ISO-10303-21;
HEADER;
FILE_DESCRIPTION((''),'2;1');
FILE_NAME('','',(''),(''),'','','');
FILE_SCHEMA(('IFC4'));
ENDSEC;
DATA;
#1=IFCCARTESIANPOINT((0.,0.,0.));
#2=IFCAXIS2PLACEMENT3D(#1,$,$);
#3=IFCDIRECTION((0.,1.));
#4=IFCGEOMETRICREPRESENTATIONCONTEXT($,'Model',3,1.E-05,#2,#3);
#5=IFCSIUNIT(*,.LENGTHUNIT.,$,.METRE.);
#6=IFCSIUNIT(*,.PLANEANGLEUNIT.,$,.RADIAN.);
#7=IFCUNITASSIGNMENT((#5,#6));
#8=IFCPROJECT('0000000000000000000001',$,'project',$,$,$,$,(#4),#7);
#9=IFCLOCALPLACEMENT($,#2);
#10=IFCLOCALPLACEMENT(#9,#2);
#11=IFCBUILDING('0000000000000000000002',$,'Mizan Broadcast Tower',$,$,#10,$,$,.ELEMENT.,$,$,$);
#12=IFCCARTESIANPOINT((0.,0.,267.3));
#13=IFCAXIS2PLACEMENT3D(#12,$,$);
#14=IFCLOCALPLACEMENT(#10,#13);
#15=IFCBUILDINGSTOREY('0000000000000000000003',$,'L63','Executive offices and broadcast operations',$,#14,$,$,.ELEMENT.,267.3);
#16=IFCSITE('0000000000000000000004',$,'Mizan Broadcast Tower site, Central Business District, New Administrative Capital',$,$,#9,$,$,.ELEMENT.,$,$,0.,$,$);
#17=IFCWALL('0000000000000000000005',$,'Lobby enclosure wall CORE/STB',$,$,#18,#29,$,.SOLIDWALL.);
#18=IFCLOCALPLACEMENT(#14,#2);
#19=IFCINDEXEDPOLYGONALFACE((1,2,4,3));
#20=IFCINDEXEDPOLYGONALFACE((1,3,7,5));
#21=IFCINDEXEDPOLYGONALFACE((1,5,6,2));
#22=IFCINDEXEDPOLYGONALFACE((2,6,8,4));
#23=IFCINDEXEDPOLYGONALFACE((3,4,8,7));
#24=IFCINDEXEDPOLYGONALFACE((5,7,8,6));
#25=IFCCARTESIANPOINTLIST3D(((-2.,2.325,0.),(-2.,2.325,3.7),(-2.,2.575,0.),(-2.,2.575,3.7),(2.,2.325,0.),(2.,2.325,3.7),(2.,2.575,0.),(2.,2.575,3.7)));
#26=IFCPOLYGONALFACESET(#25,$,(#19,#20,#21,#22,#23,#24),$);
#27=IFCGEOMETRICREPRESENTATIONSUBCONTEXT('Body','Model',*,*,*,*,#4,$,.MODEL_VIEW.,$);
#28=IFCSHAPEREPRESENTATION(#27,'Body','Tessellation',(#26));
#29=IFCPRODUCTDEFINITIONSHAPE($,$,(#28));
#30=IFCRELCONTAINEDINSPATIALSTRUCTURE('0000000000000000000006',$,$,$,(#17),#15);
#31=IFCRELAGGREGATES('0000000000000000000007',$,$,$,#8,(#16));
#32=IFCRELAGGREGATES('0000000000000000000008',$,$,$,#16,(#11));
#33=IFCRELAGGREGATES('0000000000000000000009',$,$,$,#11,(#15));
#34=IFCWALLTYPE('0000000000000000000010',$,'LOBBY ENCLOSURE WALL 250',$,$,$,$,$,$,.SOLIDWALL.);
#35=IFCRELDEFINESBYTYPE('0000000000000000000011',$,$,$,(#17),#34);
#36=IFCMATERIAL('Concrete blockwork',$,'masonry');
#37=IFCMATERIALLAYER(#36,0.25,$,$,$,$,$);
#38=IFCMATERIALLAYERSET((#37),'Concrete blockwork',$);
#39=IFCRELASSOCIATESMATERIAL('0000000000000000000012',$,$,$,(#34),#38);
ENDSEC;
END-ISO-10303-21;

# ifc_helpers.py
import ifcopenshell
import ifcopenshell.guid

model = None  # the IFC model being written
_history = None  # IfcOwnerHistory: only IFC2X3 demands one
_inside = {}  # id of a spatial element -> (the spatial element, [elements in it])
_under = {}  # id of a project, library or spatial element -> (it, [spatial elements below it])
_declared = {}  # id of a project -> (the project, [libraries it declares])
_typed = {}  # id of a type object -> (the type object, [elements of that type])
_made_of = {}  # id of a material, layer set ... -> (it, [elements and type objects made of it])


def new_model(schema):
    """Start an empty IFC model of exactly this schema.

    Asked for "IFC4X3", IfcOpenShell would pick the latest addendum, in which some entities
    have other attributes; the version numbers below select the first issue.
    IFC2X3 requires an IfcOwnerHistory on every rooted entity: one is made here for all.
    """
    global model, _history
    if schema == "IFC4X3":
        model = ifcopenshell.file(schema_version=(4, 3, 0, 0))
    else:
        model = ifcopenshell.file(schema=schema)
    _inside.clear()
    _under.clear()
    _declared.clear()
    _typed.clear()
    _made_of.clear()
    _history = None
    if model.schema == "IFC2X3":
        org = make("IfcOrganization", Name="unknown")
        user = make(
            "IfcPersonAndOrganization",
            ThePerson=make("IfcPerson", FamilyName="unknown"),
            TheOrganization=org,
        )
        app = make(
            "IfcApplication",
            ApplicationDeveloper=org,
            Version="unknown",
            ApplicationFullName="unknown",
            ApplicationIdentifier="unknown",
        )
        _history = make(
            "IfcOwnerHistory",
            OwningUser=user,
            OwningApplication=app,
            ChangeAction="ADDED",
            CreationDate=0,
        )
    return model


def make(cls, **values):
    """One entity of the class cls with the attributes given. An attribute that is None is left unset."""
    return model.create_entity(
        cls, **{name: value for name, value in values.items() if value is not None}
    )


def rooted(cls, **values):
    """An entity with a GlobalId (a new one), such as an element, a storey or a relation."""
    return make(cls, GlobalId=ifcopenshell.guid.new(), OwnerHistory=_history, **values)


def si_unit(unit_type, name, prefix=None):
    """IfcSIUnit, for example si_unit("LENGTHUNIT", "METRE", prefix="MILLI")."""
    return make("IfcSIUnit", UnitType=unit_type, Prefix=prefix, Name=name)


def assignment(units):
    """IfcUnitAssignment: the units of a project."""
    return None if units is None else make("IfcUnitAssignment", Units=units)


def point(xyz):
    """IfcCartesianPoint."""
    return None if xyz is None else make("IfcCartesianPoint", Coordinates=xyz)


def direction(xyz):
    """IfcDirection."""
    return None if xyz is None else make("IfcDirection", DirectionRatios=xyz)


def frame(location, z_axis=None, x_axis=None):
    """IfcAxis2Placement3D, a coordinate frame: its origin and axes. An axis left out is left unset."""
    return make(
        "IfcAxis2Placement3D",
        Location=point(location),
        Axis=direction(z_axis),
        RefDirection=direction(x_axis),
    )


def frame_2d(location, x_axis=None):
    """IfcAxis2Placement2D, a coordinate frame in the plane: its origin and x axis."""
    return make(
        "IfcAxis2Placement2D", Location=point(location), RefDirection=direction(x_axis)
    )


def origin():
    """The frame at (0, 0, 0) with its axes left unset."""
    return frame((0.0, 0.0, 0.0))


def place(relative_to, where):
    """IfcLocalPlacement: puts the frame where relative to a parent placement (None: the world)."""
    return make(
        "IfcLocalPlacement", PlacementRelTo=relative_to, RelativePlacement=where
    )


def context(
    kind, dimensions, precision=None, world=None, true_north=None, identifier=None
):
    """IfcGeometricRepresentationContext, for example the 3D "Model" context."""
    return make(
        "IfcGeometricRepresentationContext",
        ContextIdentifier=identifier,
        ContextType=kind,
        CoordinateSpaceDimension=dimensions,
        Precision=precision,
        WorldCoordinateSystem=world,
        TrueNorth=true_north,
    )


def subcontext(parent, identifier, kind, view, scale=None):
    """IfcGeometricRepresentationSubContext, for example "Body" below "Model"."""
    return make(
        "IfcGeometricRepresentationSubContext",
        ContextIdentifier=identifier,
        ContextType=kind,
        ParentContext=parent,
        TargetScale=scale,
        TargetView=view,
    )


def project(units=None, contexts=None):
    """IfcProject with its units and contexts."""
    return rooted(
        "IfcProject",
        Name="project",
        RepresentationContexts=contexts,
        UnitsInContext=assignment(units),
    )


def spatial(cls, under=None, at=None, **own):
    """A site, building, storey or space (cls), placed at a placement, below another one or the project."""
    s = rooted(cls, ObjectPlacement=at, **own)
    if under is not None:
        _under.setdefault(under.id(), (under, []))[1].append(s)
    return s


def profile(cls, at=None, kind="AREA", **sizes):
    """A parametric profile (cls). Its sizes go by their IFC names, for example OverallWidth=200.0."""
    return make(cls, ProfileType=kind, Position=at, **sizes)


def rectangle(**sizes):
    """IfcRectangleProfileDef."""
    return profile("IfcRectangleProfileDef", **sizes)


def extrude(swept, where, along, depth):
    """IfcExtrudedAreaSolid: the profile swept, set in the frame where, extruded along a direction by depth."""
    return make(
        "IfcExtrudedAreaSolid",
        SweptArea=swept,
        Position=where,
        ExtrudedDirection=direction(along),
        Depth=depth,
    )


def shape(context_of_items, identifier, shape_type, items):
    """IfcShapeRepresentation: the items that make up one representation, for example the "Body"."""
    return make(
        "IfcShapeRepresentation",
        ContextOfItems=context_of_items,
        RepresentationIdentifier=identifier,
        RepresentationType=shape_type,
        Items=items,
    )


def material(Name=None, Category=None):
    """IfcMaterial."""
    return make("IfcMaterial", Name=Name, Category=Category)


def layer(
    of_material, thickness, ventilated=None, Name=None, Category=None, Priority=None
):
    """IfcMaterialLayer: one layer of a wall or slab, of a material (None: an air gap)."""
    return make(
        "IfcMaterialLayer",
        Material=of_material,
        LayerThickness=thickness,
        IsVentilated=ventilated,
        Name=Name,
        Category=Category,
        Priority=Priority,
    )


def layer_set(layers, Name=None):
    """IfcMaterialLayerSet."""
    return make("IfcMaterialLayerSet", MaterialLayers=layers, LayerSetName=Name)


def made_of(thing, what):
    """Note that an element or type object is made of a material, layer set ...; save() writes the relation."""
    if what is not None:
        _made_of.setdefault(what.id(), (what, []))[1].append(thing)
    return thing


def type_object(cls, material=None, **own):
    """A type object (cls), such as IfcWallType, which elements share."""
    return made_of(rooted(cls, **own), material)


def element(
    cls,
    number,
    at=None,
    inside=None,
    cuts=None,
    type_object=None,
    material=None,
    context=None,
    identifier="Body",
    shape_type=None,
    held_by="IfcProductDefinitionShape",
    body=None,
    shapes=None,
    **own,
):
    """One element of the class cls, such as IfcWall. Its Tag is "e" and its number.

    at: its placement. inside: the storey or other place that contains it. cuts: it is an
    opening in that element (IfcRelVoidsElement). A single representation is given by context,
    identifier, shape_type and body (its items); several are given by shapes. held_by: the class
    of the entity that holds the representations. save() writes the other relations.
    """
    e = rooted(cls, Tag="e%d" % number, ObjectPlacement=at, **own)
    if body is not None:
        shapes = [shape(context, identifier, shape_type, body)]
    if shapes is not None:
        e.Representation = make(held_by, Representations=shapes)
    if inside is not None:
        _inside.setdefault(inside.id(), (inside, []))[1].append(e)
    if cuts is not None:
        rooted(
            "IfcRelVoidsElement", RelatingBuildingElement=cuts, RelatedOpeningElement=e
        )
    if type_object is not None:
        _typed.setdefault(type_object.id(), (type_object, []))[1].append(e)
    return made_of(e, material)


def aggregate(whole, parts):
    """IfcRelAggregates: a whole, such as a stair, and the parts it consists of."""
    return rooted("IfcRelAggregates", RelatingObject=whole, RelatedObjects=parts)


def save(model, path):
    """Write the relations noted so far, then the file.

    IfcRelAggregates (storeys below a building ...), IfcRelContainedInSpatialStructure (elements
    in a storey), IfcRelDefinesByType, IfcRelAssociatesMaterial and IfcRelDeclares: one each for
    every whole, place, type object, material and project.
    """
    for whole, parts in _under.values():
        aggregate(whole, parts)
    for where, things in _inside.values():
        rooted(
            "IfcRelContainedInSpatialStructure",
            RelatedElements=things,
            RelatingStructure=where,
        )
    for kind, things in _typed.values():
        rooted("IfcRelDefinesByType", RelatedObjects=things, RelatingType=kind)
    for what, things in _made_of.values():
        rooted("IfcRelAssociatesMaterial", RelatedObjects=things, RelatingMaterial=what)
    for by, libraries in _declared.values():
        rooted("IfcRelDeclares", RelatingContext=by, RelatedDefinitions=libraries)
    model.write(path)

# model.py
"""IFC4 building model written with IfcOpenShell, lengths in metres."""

from ifc_helpers import new_model, si_unit, direction, frame, frame_2d, origin, place, context, subcontext, project, spatial, rectangle, extrude, material, layer, layer_set, type_object, element, save


model = new_model("IFC4")

# Units and contexts
model_context = context("Model", 3, precision=1e-05, world=origin(), true_north=direction((0.0, 1.0)))
body_context = subcontext(model_context, "Body", "Model", "MODEL_VIEW")
ifc_project = project(units=[si_unit("LENGTHUNIT", "METRE"), si_unit("PLANEANGLEUNIT", "RADIAN")], contexts=[model_context])

# Site, building, storey
site_placement = place(None, origin())
site = spatial("IfcSite", under=ifc_project, at=site_placement, Name="Mizan Broadcast Tower site, Central Business District, New Administrative Capital", CompositionType="ELEMENT", RefElevation=0.0)
building_placement = place(site_placement, origin())
building = spatial("IfcBuilding", under=site, at=building_placement, Name="Mizan Broadcast Tower", CompositionType="ELEMENT")
storey_placement = place(building_placement, frame((0.0, 0.0, 267.3)))
storey = spatial("IfcBuildingStorey", under=building, at=storey_placement, Name="L63", Description="Executive offices and broadcast operations", CompositionType="ELEMENT", Elevation=267.3)

# Shared definitions
ifc_material_1 = material(Name="Concrete blockwork", Category="masonry")
ifc_layer_1 = layer(ifc_material_1, 0.25)
ifc_layer_set_1 = layer_set([ifc_layer_1], Name="Concrete blockwork")
wall_type_1 = type_object("IfcWallType", Name="LOBBY ENCLOSURE WALL 250", PredefinedType="SOLIDWALL", material=ifc_layer_set_1)

# Wall
for number, where, z_axis, x_axis, name in (
    (1, (-2.0, 2.45, 0.0), (0.0, 0.0, 1.0), (1.0, 0.0, 0.0), "Lobby enclosure wall CORE/STB"),
):
    element("IfcWall", number, at=place(storey_placement, frame(where, z_axis=z_axis, x_axis=x_axis)), inside=storey, type_object=wall_type_1, Name=name, PredefinedType="SOLIDWALL", context=body_context, shape_type="SweptSolid", body=[
        extrude(rectangle(XDim=4.0, YDim=0.25, at=frame_2d((2.0, 0.0))), origin(), (0.0, 0.0, 1.0), 3.7),
    ])

save(model, "model.ifc")
